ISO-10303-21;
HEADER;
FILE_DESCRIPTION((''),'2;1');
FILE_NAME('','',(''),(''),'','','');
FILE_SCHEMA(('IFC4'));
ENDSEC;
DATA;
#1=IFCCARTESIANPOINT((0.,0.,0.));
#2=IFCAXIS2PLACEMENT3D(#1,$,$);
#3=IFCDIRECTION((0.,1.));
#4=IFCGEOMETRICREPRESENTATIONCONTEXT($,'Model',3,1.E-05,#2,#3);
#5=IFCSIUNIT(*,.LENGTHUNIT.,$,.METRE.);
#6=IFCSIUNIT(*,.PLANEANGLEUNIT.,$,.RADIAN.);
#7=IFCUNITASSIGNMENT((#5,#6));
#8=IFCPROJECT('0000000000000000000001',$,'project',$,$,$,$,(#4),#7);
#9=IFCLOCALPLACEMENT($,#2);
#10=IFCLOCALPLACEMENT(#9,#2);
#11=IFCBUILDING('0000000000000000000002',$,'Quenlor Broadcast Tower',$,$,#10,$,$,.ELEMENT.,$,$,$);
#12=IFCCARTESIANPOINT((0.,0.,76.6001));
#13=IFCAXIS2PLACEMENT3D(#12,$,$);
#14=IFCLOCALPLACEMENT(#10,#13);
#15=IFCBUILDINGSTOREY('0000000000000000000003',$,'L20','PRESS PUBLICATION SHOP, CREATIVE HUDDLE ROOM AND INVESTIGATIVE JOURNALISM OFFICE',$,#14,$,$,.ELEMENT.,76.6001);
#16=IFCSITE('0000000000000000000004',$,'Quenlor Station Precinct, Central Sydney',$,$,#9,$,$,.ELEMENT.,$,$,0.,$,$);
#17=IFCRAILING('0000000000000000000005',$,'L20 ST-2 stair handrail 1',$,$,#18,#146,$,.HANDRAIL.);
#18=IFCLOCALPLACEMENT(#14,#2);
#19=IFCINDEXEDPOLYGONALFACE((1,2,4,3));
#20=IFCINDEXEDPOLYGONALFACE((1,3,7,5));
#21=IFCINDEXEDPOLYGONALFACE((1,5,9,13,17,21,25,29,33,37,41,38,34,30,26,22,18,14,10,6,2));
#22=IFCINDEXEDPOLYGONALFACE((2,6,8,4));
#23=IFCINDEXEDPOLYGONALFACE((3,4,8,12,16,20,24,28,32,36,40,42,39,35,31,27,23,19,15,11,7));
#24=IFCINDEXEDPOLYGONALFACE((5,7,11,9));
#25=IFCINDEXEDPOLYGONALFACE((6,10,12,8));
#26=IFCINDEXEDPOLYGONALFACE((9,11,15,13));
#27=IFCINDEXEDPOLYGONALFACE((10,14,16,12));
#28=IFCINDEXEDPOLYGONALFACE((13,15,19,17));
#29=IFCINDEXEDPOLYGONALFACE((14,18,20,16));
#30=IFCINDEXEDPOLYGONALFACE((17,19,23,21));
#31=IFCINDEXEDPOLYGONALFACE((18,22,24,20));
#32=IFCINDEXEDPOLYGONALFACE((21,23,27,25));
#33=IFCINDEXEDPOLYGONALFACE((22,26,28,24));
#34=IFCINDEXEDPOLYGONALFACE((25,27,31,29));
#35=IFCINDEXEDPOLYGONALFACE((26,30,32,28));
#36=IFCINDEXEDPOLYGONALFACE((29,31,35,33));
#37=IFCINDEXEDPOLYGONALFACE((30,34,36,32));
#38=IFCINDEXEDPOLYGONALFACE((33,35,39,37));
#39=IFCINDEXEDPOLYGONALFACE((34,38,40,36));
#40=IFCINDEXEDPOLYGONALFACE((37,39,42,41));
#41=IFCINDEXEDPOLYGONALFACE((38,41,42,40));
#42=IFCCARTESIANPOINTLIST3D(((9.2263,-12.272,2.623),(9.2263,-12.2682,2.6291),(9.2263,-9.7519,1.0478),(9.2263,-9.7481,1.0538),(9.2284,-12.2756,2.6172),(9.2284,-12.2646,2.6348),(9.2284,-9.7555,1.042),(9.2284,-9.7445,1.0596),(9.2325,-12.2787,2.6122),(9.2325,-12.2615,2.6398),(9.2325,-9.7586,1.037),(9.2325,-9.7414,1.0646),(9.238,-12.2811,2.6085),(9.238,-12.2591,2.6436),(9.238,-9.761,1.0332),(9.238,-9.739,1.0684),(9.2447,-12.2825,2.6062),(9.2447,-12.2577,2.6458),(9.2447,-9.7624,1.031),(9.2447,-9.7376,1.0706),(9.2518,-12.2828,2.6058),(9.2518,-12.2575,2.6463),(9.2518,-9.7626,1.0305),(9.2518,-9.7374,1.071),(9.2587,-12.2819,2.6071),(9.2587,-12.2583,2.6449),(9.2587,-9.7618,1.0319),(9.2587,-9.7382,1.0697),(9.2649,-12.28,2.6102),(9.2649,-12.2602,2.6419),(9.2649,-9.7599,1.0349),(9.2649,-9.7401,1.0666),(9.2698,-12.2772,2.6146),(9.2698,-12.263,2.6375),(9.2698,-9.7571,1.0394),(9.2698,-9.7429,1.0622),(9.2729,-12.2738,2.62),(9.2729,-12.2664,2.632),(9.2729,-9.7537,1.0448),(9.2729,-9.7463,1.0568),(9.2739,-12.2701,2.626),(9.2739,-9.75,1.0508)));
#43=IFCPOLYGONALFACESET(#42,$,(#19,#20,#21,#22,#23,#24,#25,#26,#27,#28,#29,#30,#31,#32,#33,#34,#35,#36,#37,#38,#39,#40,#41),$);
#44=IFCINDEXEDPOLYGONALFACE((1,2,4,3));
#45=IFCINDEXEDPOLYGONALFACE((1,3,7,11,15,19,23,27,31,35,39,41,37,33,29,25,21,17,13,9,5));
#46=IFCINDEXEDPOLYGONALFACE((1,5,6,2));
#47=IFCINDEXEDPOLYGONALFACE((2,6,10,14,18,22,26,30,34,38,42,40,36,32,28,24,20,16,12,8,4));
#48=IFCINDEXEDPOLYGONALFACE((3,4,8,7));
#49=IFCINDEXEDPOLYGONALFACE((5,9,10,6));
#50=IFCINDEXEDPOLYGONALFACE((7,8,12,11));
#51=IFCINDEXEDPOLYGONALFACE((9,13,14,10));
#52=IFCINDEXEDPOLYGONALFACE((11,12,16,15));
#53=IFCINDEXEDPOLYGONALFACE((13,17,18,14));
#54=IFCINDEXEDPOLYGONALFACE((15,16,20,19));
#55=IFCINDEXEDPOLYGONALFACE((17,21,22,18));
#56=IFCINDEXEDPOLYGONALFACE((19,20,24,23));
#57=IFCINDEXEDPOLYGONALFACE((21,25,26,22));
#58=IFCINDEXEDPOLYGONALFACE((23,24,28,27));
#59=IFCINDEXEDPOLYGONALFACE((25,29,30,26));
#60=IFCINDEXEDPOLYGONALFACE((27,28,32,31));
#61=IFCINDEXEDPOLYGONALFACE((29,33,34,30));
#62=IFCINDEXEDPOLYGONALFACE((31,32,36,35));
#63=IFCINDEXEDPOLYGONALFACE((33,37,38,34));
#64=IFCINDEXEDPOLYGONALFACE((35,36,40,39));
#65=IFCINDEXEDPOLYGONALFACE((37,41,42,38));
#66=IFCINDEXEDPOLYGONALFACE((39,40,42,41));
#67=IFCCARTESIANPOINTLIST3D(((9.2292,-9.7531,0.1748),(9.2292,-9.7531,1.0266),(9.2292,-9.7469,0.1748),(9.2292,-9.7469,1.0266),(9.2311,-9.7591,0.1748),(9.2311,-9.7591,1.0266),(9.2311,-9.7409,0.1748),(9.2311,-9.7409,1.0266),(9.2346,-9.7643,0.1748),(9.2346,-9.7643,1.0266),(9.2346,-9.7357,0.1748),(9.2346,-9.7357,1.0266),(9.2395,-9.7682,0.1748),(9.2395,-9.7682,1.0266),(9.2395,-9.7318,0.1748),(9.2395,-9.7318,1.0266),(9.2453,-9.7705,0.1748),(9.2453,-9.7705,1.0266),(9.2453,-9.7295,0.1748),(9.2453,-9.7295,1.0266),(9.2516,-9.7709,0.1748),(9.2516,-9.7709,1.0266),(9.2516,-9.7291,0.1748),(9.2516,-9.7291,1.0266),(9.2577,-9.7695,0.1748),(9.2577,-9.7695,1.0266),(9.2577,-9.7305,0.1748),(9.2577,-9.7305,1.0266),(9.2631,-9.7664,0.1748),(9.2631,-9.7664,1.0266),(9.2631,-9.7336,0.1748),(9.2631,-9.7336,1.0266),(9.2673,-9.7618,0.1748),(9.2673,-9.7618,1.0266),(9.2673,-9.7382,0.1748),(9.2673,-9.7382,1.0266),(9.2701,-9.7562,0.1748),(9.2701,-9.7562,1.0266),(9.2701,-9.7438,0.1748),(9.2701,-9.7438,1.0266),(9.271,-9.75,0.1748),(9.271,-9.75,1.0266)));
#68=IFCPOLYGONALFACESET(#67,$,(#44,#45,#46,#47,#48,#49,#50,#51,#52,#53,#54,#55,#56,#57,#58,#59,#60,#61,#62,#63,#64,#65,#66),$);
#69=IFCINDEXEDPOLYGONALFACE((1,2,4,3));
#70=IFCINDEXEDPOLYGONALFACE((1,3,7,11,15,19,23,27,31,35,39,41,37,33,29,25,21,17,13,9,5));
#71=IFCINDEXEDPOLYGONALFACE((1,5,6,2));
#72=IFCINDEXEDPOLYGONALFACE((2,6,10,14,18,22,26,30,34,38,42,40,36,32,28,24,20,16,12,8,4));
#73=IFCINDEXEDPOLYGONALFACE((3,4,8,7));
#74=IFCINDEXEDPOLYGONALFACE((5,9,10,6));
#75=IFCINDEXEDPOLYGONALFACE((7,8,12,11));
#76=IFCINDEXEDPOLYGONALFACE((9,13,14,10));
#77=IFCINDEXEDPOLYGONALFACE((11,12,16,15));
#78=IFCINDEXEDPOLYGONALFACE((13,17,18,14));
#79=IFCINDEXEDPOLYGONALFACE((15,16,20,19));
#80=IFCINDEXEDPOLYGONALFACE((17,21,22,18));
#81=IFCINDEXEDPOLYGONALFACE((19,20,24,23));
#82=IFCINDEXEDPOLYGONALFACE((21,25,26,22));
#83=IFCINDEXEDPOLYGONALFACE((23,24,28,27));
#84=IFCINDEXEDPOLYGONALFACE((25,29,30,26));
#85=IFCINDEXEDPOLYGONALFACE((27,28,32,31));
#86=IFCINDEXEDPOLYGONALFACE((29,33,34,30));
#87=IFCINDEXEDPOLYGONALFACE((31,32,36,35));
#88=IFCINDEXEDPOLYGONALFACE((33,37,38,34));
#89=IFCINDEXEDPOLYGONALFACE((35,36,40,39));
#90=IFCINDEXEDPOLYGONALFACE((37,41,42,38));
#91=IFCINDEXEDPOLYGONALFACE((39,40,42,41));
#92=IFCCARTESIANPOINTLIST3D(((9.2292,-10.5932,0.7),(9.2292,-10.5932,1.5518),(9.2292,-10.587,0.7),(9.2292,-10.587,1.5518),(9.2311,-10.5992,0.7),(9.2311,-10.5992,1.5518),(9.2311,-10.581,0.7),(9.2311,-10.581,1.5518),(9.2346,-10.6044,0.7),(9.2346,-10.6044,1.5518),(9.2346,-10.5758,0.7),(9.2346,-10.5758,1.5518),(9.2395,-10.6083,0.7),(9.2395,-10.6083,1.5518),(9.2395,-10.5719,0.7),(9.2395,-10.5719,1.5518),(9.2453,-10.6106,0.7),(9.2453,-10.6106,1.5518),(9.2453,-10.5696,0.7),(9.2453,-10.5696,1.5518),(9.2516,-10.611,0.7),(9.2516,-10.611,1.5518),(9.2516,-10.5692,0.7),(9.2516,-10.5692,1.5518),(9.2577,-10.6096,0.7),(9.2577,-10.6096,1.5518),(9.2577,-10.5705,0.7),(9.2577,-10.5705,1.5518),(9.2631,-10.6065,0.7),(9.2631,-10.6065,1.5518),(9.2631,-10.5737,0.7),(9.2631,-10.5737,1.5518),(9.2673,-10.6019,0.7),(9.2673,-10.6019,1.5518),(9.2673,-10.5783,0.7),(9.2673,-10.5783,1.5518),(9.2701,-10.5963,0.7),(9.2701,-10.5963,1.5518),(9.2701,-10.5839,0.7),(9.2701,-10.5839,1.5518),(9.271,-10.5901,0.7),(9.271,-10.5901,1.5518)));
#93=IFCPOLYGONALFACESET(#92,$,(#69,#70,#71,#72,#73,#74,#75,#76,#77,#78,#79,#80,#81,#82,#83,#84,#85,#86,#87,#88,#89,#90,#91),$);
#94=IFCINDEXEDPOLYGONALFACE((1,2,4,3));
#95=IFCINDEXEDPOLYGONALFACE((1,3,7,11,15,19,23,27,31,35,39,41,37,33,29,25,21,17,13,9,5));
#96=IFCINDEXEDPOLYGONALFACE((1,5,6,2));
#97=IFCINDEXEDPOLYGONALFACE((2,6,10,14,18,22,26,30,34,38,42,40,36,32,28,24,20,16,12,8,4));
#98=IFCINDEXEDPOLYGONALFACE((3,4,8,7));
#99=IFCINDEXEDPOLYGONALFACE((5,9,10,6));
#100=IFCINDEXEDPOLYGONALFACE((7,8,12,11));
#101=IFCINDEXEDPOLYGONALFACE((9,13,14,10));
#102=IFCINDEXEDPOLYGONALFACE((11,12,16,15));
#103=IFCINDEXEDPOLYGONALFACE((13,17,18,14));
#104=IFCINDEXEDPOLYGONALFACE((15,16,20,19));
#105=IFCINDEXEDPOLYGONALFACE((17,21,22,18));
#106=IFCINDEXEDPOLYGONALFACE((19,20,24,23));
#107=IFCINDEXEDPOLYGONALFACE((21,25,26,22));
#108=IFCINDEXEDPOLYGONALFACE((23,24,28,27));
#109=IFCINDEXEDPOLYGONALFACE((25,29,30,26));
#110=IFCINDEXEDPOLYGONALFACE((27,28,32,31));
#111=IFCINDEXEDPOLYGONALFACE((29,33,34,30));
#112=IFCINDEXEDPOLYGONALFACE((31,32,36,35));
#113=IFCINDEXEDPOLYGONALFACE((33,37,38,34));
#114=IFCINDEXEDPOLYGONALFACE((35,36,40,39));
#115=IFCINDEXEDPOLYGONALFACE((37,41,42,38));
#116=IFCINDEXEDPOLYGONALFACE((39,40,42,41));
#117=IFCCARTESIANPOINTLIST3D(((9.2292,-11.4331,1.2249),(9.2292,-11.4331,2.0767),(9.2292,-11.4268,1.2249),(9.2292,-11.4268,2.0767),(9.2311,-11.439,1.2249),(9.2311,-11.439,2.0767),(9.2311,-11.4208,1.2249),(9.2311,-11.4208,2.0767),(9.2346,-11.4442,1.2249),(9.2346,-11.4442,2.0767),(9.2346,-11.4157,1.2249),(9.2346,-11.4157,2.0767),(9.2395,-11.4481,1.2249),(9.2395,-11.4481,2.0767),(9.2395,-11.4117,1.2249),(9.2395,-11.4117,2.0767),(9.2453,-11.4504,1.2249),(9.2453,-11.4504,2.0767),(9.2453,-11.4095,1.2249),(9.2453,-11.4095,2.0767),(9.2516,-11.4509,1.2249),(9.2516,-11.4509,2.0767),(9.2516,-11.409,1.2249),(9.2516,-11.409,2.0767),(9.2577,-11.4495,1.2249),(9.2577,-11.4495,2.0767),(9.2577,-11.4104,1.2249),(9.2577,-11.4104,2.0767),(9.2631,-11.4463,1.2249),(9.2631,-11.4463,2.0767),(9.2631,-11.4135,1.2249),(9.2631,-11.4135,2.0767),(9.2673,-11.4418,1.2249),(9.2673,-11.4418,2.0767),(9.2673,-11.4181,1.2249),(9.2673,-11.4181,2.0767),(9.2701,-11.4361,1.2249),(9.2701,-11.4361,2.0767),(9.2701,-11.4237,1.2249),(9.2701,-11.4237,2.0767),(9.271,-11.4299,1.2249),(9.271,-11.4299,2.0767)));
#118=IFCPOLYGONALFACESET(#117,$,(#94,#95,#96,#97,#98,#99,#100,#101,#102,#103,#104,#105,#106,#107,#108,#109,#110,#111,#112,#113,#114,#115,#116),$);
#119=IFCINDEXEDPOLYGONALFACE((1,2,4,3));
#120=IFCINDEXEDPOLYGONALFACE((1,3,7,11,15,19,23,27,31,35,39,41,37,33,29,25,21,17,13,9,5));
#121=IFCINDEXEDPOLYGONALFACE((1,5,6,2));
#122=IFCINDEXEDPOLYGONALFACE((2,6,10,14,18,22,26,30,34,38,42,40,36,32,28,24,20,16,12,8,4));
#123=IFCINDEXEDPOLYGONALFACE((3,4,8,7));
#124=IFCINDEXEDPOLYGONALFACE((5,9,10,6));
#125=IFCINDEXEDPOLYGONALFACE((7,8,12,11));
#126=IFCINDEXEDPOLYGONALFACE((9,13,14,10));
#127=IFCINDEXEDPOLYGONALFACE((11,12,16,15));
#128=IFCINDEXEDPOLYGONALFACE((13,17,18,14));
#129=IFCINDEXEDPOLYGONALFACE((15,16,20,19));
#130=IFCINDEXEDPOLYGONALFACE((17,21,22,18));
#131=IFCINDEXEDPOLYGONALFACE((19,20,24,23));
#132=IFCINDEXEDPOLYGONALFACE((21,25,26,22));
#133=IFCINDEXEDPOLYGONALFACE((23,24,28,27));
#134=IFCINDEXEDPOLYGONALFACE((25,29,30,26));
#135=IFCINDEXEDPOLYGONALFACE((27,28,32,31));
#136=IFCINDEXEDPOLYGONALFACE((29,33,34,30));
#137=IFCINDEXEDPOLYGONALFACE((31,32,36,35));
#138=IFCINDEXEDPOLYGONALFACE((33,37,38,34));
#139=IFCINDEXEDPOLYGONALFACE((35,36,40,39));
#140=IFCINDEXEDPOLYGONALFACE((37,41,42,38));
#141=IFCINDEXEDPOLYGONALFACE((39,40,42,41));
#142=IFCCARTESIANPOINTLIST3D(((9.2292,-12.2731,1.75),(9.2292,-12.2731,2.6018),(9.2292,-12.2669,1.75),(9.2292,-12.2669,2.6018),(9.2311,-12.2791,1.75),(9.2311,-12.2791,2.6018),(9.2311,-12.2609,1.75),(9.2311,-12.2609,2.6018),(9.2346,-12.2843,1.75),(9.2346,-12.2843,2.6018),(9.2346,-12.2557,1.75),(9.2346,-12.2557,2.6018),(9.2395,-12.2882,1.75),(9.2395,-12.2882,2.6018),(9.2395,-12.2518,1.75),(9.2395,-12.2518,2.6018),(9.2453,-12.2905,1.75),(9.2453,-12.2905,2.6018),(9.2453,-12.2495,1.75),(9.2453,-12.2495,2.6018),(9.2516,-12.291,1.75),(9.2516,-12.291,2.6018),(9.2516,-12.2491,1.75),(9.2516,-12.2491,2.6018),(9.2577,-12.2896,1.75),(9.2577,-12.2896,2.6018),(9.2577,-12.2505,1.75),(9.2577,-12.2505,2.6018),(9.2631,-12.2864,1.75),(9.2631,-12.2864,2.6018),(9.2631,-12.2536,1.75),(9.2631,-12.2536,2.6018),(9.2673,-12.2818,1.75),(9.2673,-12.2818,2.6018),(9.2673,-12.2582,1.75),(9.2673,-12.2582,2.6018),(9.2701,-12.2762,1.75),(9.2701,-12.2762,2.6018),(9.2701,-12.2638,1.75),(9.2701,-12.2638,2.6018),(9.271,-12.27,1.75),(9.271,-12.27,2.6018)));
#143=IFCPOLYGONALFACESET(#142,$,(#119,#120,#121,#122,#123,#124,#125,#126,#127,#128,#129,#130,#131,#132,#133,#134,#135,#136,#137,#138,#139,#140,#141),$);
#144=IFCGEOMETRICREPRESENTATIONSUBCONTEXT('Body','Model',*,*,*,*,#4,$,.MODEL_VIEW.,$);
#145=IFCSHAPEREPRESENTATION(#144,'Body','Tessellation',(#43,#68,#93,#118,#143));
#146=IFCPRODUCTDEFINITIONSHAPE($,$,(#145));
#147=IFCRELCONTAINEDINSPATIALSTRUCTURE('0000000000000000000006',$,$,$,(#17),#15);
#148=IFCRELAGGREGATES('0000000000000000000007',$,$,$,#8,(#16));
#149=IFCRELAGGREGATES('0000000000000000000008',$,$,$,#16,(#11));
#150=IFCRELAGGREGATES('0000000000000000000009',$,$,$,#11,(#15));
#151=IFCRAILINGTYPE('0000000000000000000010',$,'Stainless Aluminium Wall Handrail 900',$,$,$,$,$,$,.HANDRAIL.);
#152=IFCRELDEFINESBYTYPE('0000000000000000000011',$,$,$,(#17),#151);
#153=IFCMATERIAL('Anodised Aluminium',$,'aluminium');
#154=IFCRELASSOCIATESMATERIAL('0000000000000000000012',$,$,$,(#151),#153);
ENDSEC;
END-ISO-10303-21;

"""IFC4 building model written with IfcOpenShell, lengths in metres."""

from ifc_helpers import new_model, si_unit, direction, frame, origin, origin_2d, place, context, subcontext, project, spatial, circle, extrude, material, type_object, element, save


model = new_model("IFC4")

# Units and contexts
model_context = context("Model", 3, precision=1e-05, world=origin(), true_north=direction((0.0, 1.0)))
body_context = subcontext(model_context, "Body", "Model", "MODEL_VIEW")
ifc_project = project(units=[si_unit("LENGTHUNIT", "METRE"), si_unit("PLANEANGLEUNIT", "RADIAN")], contexts=[model_context])

# Site, building, storey
site_placement = place(None, origin())
site = spatial("IfcSite", under=ifc_project, at=site_placement, Name="Quenlor Station Precinct, Central Sydney", CompositionType="ELEMENT", RefElevation=0.0)
building_placement = place(site_placement, origin())
building = spatial("IfcBuilding", under=site, at=building_placement, Name="Quenlor Broadcast Tower", CompositionType="ELEMENT")
storey_placement = place(building_placement, frame((0.0, 0.0, 76.6001)))
storey = spatial("IfcBuildingStorey", under=building, at=storey_placement, Name="L20", Description="PRESS PUBLICATION SHOP, CREATIVE HUDDLE ROOM AND INVESTIGATIVE JOURNALISM OFFICE", CompositionType="ELEMENT", Elevation=76.6001)

# Railing
ifc_material_1 = material(Name="Anodised Aluminium", Category="aluminium")
railing_type_1 = type_object("IfcRailingType", Name="Stainless Aluminium Wall Handrail 900", PredefinedType="HANDRAIL", material=ifc_material_1)
railing_1_placement = place(storey_placement, frame((9.25, -9.75, 0.1748)))
element("IfcRailing", 1, at=railing_1_placement, inside=storey, type_object=railing_type_1, Name="L20 ST-2 stair handrail 1", PredefinedType="HANDRAIL", context=body_context, shape_type="SweptSolid", body=[
    extrude(circle(Radius=0.0239, at=origin_2d()), frame((0.0, 0.0, 0.876), z_axis=(0.0, -0.847971, 0.530043), x_axis=(1.0, 0.0, 0.0)), (0.0, 0.0, 1.0), 2.9719),
    extrude(circle(Radius=0.021, at=origin_2d()), origin(), (0.0, 0.0, 1.0), 0.8518),
    extrude(circle(Radius=0.021, at=origin_2d()), frame((0.0, -0.8401, 0.5251)), (0.0, 0.0, 1.0), 0.8518),
    extrude(circle(Radius=0.021, at=origin_2d()), frame((0.0, -1.6799, 1.05)), (0.0, 0.0, 1.0), 0.8518),
    extrude(circle(Radius=0.021, at=origin_2d()), frame((0.0, -2.52, 1.5752)), (0.0, 0.0, 1.0), 0.8518),
])

save(model, "model.ifc")
